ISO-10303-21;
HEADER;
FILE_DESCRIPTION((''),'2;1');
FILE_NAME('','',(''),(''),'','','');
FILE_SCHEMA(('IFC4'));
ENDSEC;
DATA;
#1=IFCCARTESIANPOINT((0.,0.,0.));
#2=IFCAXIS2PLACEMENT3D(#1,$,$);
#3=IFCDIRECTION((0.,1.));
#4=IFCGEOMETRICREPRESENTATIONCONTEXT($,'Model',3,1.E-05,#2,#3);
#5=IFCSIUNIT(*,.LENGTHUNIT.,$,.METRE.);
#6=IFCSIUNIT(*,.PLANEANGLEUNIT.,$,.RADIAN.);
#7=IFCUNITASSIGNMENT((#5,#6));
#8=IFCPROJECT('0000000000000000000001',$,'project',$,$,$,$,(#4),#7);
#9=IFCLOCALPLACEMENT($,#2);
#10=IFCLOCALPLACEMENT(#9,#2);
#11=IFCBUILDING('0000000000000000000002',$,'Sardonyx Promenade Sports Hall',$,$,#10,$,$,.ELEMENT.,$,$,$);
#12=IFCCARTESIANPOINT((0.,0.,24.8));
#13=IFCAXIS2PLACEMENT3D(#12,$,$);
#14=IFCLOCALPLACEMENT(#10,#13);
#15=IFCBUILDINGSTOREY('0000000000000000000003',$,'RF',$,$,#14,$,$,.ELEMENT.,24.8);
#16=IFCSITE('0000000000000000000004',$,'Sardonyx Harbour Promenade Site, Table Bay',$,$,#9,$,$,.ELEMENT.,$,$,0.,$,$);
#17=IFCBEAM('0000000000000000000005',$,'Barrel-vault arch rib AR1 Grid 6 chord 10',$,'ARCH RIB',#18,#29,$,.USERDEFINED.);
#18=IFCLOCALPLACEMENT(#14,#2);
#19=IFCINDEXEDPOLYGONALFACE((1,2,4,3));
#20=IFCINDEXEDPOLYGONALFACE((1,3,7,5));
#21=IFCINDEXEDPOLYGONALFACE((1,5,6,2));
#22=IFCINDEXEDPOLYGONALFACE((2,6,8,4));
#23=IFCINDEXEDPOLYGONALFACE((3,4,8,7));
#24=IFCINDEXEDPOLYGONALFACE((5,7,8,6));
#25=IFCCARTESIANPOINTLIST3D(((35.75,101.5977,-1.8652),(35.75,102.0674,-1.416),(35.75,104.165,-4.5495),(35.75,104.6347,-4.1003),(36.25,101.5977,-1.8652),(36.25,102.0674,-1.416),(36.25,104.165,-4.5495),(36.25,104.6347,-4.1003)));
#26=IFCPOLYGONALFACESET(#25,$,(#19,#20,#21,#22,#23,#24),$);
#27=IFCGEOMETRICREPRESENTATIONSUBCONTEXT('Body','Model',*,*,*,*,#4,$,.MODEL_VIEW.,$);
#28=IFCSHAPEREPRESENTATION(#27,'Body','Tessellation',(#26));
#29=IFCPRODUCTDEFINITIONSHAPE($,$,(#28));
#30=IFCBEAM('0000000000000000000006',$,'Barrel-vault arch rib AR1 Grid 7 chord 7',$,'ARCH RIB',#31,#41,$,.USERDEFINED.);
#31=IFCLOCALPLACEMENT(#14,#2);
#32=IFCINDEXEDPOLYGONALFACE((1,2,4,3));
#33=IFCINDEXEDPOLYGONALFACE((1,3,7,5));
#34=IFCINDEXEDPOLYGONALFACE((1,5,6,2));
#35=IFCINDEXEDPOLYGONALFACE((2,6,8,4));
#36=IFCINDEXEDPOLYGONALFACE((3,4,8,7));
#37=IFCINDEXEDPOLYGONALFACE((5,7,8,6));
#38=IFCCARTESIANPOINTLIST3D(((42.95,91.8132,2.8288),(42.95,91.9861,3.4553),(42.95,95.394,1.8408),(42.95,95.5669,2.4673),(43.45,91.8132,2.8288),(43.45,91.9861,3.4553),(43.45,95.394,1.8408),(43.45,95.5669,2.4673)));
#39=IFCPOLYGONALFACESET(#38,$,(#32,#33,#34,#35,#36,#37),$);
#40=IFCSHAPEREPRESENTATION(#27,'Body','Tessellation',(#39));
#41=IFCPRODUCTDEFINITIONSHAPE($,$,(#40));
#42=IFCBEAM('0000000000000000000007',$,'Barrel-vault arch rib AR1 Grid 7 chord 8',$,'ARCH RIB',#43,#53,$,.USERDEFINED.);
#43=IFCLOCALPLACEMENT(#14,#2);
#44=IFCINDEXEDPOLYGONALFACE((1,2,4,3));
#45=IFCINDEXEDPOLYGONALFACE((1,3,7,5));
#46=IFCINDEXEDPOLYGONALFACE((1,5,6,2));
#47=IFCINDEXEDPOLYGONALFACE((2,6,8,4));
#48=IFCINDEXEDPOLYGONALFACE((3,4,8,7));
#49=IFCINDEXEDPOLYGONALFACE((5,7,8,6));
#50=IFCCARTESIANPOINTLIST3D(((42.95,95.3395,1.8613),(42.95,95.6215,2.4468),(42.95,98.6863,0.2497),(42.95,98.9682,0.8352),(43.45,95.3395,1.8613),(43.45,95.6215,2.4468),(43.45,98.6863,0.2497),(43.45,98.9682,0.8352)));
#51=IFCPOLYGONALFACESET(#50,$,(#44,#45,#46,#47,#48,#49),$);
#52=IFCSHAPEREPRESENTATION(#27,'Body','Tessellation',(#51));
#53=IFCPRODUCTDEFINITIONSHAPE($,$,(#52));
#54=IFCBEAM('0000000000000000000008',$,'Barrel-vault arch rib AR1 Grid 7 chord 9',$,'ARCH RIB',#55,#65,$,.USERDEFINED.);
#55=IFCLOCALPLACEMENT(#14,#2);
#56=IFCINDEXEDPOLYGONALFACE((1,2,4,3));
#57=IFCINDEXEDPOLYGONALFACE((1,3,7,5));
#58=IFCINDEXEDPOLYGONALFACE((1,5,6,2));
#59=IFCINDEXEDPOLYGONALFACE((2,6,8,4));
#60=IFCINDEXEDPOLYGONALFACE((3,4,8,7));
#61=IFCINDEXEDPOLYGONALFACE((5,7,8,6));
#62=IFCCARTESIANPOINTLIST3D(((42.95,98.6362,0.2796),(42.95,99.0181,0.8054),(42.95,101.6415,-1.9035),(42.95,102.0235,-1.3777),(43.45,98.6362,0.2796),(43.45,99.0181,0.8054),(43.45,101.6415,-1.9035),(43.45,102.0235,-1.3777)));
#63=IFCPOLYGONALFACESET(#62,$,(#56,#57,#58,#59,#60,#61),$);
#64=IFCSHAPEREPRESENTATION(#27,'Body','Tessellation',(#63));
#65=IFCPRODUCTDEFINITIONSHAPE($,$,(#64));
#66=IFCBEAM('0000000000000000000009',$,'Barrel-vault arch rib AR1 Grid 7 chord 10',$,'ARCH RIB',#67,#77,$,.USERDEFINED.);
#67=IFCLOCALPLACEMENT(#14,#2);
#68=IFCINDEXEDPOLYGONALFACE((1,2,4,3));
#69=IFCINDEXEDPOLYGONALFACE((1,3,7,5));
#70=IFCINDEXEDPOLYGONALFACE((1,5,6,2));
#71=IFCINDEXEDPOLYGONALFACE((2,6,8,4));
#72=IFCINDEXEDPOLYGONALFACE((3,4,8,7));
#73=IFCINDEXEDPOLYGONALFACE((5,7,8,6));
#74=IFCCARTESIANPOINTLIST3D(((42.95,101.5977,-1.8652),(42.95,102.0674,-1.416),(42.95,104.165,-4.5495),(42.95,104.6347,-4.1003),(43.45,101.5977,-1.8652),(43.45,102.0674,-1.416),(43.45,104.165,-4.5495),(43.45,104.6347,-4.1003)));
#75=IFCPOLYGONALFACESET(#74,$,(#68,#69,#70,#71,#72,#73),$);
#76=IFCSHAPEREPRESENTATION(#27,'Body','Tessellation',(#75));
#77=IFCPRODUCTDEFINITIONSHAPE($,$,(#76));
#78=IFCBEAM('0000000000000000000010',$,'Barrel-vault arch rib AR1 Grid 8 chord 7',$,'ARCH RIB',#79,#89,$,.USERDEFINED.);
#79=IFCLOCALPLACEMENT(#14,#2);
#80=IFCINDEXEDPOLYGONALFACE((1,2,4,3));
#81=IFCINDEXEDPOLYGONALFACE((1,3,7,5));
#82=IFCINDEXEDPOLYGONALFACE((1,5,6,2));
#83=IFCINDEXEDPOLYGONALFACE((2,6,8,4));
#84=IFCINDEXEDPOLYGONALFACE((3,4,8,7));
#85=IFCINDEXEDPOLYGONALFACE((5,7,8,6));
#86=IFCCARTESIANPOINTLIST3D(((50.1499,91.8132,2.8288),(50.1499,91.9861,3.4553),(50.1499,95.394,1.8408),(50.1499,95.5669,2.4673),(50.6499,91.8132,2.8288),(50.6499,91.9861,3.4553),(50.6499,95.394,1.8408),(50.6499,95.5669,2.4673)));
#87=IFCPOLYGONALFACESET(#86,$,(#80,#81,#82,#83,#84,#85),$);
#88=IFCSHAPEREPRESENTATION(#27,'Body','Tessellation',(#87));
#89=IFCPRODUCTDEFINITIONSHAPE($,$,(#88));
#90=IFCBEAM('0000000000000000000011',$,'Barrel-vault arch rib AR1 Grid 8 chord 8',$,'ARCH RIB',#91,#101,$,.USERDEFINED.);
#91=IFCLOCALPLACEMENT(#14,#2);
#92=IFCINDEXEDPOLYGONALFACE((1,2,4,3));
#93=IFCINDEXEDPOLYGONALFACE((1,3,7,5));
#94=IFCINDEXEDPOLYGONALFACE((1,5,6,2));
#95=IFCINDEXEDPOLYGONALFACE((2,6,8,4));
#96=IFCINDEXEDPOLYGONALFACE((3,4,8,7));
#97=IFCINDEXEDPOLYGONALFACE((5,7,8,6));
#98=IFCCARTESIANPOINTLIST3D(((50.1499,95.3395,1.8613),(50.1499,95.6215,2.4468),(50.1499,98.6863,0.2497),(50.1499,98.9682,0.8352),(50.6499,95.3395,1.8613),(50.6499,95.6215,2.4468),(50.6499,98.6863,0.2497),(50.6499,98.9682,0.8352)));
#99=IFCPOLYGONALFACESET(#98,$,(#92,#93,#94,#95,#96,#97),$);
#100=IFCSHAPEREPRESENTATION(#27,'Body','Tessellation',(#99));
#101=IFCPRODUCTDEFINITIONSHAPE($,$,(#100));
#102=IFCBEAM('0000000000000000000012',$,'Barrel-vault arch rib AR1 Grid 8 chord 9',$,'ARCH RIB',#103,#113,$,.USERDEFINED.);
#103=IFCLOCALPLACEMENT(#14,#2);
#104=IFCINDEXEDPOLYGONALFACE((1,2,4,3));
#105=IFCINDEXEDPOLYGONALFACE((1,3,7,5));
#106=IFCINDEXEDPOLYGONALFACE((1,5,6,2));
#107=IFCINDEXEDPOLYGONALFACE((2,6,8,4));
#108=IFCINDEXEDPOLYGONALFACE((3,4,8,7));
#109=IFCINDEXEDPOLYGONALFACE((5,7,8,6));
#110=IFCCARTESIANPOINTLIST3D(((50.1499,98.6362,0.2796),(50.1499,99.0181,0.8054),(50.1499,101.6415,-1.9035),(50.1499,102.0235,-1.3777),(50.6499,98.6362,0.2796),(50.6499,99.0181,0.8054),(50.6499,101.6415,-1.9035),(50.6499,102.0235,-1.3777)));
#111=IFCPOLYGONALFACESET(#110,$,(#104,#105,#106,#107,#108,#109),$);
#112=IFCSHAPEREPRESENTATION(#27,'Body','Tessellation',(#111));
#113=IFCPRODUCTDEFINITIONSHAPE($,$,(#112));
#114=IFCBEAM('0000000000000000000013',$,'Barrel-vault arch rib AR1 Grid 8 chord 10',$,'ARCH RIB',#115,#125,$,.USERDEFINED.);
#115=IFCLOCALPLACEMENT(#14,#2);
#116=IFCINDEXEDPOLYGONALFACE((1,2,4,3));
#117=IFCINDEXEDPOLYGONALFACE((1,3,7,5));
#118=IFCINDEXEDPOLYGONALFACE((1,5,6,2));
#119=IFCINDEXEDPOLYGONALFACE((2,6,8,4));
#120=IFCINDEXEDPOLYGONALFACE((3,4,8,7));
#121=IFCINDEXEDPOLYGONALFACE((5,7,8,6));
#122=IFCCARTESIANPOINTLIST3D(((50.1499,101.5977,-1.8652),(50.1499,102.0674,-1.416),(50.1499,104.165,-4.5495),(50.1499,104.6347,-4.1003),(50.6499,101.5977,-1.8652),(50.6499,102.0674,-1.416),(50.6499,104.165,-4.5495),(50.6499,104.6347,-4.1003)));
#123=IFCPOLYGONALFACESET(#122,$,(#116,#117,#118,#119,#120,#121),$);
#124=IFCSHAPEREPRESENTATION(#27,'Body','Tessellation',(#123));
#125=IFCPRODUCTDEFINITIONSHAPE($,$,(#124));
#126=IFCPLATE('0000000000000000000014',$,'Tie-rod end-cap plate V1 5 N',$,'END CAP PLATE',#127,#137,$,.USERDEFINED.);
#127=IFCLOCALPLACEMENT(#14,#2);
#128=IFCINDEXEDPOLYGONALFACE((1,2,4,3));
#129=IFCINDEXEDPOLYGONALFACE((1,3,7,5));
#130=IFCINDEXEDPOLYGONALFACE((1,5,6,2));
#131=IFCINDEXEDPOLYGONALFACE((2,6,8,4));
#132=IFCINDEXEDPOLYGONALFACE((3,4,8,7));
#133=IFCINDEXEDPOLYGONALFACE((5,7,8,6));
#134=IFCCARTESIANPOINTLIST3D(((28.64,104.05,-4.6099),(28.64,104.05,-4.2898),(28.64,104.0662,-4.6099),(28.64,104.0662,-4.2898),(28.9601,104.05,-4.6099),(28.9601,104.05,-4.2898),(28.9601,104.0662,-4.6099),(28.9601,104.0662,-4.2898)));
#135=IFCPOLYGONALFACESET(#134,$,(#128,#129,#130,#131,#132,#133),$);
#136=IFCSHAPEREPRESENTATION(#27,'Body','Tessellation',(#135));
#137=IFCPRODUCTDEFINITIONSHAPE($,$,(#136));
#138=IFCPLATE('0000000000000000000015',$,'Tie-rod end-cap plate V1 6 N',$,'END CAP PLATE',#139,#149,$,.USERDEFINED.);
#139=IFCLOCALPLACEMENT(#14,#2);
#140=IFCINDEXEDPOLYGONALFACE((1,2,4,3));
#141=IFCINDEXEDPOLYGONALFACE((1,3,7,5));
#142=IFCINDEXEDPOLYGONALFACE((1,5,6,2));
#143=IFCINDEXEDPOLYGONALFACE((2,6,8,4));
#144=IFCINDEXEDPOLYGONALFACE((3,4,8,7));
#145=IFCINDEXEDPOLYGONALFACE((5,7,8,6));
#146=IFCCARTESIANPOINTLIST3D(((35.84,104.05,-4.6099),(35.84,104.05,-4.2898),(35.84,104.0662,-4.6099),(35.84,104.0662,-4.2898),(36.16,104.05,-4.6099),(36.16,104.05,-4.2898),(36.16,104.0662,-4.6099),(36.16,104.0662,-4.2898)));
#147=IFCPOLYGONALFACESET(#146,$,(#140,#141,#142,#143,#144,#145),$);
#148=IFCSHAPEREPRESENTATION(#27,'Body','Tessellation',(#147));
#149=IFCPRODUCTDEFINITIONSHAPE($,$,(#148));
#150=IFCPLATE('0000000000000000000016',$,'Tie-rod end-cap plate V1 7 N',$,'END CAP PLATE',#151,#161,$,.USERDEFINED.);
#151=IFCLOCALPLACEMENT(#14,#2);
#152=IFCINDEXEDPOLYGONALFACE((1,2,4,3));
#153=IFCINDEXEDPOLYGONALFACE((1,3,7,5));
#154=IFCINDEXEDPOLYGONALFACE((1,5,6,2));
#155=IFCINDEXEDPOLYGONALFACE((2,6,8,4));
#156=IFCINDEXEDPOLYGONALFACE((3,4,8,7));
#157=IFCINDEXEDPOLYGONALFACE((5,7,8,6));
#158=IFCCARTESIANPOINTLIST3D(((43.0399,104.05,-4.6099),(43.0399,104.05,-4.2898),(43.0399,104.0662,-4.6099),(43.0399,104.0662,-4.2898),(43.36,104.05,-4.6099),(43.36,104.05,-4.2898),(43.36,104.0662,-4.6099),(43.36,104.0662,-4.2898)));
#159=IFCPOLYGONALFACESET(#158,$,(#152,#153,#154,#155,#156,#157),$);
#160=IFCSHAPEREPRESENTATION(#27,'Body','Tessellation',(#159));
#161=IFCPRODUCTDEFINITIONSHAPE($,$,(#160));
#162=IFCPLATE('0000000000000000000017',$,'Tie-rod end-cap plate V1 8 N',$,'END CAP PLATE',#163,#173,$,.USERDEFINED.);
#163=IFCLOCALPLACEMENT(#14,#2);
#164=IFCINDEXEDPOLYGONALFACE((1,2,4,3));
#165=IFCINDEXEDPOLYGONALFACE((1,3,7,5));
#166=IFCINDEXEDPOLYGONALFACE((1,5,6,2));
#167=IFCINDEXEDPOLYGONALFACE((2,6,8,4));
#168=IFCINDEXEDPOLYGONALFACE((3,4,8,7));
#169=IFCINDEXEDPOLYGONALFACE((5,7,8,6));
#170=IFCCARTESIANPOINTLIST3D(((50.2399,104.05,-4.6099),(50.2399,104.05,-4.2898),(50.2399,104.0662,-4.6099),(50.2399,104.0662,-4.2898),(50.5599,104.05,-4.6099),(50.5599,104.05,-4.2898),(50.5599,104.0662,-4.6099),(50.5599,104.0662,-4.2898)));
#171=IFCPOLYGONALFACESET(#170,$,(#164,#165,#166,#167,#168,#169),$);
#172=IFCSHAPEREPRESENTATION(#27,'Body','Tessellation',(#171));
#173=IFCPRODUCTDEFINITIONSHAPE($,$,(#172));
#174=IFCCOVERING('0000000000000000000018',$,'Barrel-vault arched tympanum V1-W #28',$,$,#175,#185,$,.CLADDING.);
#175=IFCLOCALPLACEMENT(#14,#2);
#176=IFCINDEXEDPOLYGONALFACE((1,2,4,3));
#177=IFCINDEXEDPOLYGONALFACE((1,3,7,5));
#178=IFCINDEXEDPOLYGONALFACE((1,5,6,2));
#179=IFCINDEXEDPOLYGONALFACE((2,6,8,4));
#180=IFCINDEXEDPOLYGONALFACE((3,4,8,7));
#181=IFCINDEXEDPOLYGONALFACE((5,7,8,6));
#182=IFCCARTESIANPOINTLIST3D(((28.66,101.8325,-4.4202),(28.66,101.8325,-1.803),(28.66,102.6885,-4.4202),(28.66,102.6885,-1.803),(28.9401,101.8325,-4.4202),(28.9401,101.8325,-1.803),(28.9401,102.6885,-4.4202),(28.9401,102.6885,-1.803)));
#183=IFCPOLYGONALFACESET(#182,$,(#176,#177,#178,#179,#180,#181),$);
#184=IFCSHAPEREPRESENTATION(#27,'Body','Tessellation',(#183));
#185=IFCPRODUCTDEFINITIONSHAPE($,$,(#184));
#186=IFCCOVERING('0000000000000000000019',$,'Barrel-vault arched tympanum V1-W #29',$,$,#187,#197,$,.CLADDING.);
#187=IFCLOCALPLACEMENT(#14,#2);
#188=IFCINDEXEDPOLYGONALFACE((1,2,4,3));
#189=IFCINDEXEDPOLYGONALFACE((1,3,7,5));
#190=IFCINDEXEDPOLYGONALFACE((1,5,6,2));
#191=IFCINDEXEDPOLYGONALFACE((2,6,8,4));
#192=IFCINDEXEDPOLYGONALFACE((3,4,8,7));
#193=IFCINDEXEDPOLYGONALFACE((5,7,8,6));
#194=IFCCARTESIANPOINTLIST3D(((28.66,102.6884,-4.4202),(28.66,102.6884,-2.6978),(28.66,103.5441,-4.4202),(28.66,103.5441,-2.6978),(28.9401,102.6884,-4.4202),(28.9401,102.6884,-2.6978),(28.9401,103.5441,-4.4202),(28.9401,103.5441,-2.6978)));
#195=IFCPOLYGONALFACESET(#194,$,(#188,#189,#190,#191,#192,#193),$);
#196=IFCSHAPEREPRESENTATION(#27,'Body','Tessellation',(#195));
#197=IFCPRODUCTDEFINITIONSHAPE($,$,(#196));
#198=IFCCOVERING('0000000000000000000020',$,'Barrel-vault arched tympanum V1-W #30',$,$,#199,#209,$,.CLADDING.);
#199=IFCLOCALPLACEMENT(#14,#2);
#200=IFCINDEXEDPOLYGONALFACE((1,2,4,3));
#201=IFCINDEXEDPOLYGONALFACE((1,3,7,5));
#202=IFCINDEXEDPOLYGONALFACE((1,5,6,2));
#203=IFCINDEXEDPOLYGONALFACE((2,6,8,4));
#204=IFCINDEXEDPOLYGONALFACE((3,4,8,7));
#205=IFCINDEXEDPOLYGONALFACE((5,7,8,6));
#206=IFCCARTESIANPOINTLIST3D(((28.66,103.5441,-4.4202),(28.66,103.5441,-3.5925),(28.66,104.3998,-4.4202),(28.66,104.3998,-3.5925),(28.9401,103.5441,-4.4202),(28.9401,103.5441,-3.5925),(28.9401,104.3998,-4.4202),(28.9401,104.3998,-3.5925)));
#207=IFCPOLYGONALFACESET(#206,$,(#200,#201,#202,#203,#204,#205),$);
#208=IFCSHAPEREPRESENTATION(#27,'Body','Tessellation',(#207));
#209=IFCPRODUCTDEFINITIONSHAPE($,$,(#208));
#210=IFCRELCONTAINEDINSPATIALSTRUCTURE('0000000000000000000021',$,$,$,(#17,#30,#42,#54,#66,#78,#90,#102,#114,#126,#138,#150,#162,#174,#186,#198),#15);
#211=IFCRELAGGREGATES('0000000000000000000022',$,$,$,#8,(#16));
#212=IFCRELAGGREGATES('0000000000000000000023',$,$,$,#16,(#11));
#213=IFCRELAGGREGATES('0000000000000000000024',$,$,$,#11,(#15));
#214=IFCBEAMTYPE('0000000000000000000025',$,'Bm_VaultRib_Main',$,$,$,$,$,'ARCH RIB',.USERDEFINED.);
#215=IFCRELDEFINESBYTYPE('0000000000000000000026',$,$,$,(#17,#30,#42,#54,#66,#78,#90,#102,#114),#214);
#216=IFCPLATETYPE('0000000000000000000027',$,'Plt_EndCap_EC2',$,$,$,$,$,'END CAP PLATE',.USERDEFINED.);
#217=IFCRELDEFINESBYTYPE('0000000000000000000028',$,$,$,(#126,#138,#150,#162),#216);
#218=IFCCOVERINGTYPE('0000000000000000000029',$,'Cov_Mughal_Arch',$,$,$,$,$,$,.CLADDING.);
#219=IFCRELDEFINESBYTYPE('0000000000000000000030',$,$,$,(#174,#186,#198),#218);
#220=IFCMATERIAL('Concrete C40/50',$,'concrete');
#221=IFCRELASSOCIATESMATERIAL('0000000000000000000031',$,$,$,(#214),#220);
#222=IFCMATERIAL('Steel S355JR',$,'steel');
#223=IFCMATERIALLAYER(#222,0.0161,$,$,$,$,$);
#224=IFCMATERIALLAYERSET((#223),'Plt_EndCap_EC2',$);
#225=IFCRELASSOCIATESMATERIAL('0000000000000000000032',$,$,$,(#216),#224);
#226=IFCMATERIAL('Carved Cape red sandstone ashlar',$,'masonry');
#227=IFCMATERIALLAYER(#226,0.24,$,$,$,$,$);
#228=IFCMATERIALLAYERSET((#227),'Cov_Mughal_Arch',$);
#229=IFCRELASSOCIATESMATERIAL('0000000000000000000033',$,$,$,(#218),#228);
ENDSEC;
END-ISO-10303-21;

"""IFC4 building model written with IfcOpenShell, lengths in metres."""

from ifc_helpers import new_model, si_unit, direction, frame, frame_2d, origin, origin_2d, place, context, subcontext, project, spatial, rectangle, extrude, material, layer, layer_set, material_profile, profile_set, type_object, element, save


model = new_model("IFC4")

# Units and contexts
model_context = context("Model", 3, precision=1e-05, world=origin(), true_north=direction((0.0, 1.0)))
body_context = subcontext(model_context, "Body", "Model", "MODEL_VIEW")
ifc_project = project(units=[si_unit("LENGTHUNIT", "METRE"), si_unit("PLANEANGLEUNIT", "RADIAN")], contexts=[model_context])

# Site, building, storey
site_placement = place(None, origin())
site = spatial("IfcSite", under=ifc_project, at=site_placement, Name="Sardonyx Harbour Promenade Site, Table Bay", CompositionType="ELEMENT", RefElevation=0.0)
building_placement = place(site_placement, origin())
building = spatial("IfcBuilding", under=site, at=building_placement, Name="Sardonyx Promenade Sports Hall", CompositionType="ELEMENT")
storey_placement = place(building_placement, frame((0.0, 0.0, 24.8)))
storey = spatial("IfcBuildingStorey", under=building, at=storey_placement, Name="RF", CompositionType="ELEMENT", Elevation=24.8)

# Beams
ifc_material_1 = material(Name="Concrete C40/50", Category="concrete")
ifc_material_profile_1 = material_profile(ifc_material_1, rectangle(XDim=0.5, YDim=0.6499, at=origin_2d()))
ifc_profile_set_1 = profile_set([ifc_material_profile_1], Name="Concrete C40/50")
beam_type_1 = type_object("IfcBeamType", Name="Bm_VaultRib_Main", ElementType="ARCH RIB", PredefinedType="USERDEFINED", material=ifc_profile_set_1)
beam_1_placement = place(storey_placement, frame((36.0, 101.8325, -1.6406), z_axis=(0.0, 0.69119, -0.722673), x_axis=(-1.0, 0.0, 0.0)))
element("IfcBeam", 1, at=beam_1_placement, inside=storey, type_object=beam_type_1, Name="Barrel-vault arch rib AR1 Grid 6 chord 10", ObjectType="ARCH RIB", PredefinedType="USERDEFINED", context=body_context, shape_type="SweptSolid", body=[
    extrude(rectangle(XDim=0.5, YDim=0.6499, at=origin_2d()), origin(), (0.0, 0.0, 1.0), 3.7144),
])
for number, where, z_axis, x_axis, name in (
    (2, (43.2, 91.8997, 3.1421), (0.0, 0.963977, -0.265986), (-1.0, 0.0, 0.0), "Barrel-vault arch rib AR1 Grid 7 chord 7"),
    (3, (43.2, 95.4805, 2.1541), (0.0, 0.90098, -0.433861), (-1.0, 0.0, 0.0), "Barrel-vault arch rib AR1 Grid 7 chord 8"),
    (4, (43.2, 98.8271, 0.5425), (0.0, 0.809071, -0.58771), (-1.0, 0.0, 0.0), "Barrel-vault arch rib AR1 Grid 7 chord 9"),
):
    element("IfcBeam", number, at=place(storey_placement, frame(where, z_axis=z_axis, x_axis=x_axis)), inside=storey, type_object=beam_type_1, Name=name, ObjectType="ARCH RIB", PredefinedType="USERDEFINED", context=body_context, shape_type="SweptSolid", body=[
        extrude(rectangle(XDim=0.5, YDim=0.6499, at=origin_2d()), origin(), (0.0, 0.0, 1.0), 3.7146),
    ])
beam_2_placement = place(storey_placement, frame((43.2, 101.8325, -1.6406), z_axis=(0.0, 0.69119, -0.722673), x_axis=(-1.0, 0.0, 0.0)))
element("IfcBeam", 5, at=beam_2_placement, inside=storey, type_object=beam_type_1, Name="Barrel-vault arch rib AR1 Grid 7 chord 10", ObjectType="ARCH RIB", PredefinedType="USERDEFINED", context=body_context, shape_type="SweptSolid", body=[
    extrude(rectangle(XDim=0.5, YDim=0.6499, at=origin_2d()), origin(), (0.0, 0.0, 1.0), 3.7144),
])
for number, where, z_axis, x_axis, name in (
    (6, (50.3999, 91.8997, 3.1421), (0.0, 0.963977, -0.265986), (-1.0, 0.0, 0.0), "Barrel-vault arch rib AR1 Grid 8 chord 7"),
    (7, (50.3999, 95.4805, 2.1541), (0.0, 0.90098, -0.433861), (-1.0, 0.0, 0.0), "Barrel-vault arch rib AR1 Grid 8 chord 8"),
    (8, (50.3999, 98.8271, 0.5425), (0.0, 0.809071, -0.58771), (-1.0, 0.0, 0.0), "Barrel-vault arch rib AR1 Grid 8 chord 9"),
):
    element("IfcBeam", number, at=place(storey_placement, frame(where, z_axis=z_axis, x_axis=x_axis)), inside=storey, type_object=beam_type_1, Name=name, ObjectType="ARCH RIB", PredefinedType="USERDEFINED", context=body_context, shape_type="SweptSolid", body=[
        extrude(rectangle(XDim=0.5, YDim=0.6499, at=origin_2d()), origin(), (0.0, 0.0, 1.0), 3.7146),
    ])
beam_3_placement = place(storey_placement, frame((50.3999, 101.8325, -1.6406), z_axis=(0.0, 0.69119, -0.722673), x_axis=(-1.0, 0.0, 0.0)))
element("IfcBeam", 9, at=beam_3_placement, inside=storey, type_object=beam_type_1, Name="Barrel-vault arch rib AR1 Grid 8 chord 10", ObjectType="ARCH RIB", PredefinedType="USERDEFINED", context=body_context, shape_type="SweptSolid", body=[
    extrude(rectangle(XDim=0.5, YDim=0.6499, at=origin_2d()), origin(), (0.0, 0.0, 1.0), 3.7144),
])

# Plates
ifc_material_2 = material(Name="Steel S355JR", Category="steel")
ifc_layer_1 = layer(ifc_material_2, 0.0161)
ifc_layer_set_1 = layer_set([ifc_layer_1], Name="Plt_EndCap_EC2")
plate_type = type_object("IfcPlateType", Name="Plt_EndCap_EC2", ElementType="END CAP PLATE", PredefinedType="USERDEFINED", material=ifc_layer_set_1)
for number, where, z_axis, x_axis, name in (
    (10, (28.8, 104.0581, -4.6099), (0.0, 0.0, 1.0), (1.0, 0.0, 0.0), "Tie-rod end-cap plate V1 5 N"),
    (11, (36.0, 104.0581, -4.6099), (0.0, 0.0, 1.0), (1.0, 0.0, 0.0), "Tie-rod end-cap plate V1 6 N"),
    (12, (43.2, 104.0581, -4.6099), (0.0, 0.0, 1.0), (1.0, 0.0, 0.0), "Tie-rod end-cap plate V1 7 N"),
    (13, (50.3999, 104.0581, -4.6099), (0.0, 0.0, 1.0), (1.0, 0.0, 0.0), "Tie-rod end-cap plate V1 8 N"),
):
    element("IfcPlate", number, at=place(storey_placement, frame(where, z_axis=z_axis, x_axis=x_axis)), inside=storey, type_object=plate_type, Name=name, ObjectType="END CAP PLATE", PredefinedType="USERDEFINED", context=body_context, shape_type="SweptSolid", body=[
        extrude(rectangle(XDim=0.3201, YDim=0.0161, at=origin_2d()), origin(), (0.0, 0.0, 1.0), 0.3201),
    ])

# Coverings
ifc_material_3 = material(Name="Carved Cape red sandstone ashlar", Category="masonry")
ifc_layer_2 = layer(ifc_material_3, 0.24)
ifc_layer_set_2 = layer_set([ifc_layer_2], Name="Cov_Mughal_Arch")
covering_type = type_object("IfcCoveringType", Name="Cov_Mughal_Arch", PredefinedType="CLADDING", material=ifc_layer_set_2)
covering_1_placement = place(storey_placement, frame((28.8, 101.8325, -4.4202), z_axis=(0.0, 0.0, 1.0), x_axis=(0.0, 1.0, 0.0)))
element("IfcCovering", 14, at=covering_1_placement, inside=storey, type_object=covering_type, Name="Barrel-vault arched tympanum V1-W #28", PredefinedType="CLADDING", context=body_context, shape_type="SweptSolid", body=[
    extrude(rectangle(XDim=0.856, YDim=0.28, at=frame_2d((0.428, 0.0))), origin(), (0.0, 0.0, 1.0), 2.6172),
])
covering_2_placement = place(storey_placement, frame((28.8, 102.6885, -4.4202), z_axis=(0.0, 0.0, 1.0), x_axis=(0.0, 1.0, 0.0)))
element("IfcCovering", 15, at=covering_2_placement, inside=storey, type_object=covering_type, Name="Barrel-vault arched tympanum V1-W #29", PredefinedType="CLADDING", context=body_context, shape_type="SweptSolid", body=[
    extrude(rectangle(XDim=0.8557, YDim=0.28, at=frame_2d((0.4277, 0.0))), origin(), (0.0, 0.0, 1.0), 1.7224),
])
covering_3_placement = place(storey_placement, frame((28.8, 103.5442, -4.4202), z_axis=(0.0, 0.0, 1.0), x_axis=(0.0, 1.0, 0.0)))
element("IfcCovering", 16, at=covering_3_placement, inside=storey, type_object=covering_type, Name="Barrel-vault arched tympanum V1-W #30", PredefinedType="CLADDING", context=body_context, shape_type="SweptSolid", body=[
    extrude(rectangle(XDim=0.8557, YDim=0.28, at=frame_2d((0.4277, 0.0))), origin(), (0.0, 0.0, 1.0), 0.8276),
])

save(model, "model.ifc")
